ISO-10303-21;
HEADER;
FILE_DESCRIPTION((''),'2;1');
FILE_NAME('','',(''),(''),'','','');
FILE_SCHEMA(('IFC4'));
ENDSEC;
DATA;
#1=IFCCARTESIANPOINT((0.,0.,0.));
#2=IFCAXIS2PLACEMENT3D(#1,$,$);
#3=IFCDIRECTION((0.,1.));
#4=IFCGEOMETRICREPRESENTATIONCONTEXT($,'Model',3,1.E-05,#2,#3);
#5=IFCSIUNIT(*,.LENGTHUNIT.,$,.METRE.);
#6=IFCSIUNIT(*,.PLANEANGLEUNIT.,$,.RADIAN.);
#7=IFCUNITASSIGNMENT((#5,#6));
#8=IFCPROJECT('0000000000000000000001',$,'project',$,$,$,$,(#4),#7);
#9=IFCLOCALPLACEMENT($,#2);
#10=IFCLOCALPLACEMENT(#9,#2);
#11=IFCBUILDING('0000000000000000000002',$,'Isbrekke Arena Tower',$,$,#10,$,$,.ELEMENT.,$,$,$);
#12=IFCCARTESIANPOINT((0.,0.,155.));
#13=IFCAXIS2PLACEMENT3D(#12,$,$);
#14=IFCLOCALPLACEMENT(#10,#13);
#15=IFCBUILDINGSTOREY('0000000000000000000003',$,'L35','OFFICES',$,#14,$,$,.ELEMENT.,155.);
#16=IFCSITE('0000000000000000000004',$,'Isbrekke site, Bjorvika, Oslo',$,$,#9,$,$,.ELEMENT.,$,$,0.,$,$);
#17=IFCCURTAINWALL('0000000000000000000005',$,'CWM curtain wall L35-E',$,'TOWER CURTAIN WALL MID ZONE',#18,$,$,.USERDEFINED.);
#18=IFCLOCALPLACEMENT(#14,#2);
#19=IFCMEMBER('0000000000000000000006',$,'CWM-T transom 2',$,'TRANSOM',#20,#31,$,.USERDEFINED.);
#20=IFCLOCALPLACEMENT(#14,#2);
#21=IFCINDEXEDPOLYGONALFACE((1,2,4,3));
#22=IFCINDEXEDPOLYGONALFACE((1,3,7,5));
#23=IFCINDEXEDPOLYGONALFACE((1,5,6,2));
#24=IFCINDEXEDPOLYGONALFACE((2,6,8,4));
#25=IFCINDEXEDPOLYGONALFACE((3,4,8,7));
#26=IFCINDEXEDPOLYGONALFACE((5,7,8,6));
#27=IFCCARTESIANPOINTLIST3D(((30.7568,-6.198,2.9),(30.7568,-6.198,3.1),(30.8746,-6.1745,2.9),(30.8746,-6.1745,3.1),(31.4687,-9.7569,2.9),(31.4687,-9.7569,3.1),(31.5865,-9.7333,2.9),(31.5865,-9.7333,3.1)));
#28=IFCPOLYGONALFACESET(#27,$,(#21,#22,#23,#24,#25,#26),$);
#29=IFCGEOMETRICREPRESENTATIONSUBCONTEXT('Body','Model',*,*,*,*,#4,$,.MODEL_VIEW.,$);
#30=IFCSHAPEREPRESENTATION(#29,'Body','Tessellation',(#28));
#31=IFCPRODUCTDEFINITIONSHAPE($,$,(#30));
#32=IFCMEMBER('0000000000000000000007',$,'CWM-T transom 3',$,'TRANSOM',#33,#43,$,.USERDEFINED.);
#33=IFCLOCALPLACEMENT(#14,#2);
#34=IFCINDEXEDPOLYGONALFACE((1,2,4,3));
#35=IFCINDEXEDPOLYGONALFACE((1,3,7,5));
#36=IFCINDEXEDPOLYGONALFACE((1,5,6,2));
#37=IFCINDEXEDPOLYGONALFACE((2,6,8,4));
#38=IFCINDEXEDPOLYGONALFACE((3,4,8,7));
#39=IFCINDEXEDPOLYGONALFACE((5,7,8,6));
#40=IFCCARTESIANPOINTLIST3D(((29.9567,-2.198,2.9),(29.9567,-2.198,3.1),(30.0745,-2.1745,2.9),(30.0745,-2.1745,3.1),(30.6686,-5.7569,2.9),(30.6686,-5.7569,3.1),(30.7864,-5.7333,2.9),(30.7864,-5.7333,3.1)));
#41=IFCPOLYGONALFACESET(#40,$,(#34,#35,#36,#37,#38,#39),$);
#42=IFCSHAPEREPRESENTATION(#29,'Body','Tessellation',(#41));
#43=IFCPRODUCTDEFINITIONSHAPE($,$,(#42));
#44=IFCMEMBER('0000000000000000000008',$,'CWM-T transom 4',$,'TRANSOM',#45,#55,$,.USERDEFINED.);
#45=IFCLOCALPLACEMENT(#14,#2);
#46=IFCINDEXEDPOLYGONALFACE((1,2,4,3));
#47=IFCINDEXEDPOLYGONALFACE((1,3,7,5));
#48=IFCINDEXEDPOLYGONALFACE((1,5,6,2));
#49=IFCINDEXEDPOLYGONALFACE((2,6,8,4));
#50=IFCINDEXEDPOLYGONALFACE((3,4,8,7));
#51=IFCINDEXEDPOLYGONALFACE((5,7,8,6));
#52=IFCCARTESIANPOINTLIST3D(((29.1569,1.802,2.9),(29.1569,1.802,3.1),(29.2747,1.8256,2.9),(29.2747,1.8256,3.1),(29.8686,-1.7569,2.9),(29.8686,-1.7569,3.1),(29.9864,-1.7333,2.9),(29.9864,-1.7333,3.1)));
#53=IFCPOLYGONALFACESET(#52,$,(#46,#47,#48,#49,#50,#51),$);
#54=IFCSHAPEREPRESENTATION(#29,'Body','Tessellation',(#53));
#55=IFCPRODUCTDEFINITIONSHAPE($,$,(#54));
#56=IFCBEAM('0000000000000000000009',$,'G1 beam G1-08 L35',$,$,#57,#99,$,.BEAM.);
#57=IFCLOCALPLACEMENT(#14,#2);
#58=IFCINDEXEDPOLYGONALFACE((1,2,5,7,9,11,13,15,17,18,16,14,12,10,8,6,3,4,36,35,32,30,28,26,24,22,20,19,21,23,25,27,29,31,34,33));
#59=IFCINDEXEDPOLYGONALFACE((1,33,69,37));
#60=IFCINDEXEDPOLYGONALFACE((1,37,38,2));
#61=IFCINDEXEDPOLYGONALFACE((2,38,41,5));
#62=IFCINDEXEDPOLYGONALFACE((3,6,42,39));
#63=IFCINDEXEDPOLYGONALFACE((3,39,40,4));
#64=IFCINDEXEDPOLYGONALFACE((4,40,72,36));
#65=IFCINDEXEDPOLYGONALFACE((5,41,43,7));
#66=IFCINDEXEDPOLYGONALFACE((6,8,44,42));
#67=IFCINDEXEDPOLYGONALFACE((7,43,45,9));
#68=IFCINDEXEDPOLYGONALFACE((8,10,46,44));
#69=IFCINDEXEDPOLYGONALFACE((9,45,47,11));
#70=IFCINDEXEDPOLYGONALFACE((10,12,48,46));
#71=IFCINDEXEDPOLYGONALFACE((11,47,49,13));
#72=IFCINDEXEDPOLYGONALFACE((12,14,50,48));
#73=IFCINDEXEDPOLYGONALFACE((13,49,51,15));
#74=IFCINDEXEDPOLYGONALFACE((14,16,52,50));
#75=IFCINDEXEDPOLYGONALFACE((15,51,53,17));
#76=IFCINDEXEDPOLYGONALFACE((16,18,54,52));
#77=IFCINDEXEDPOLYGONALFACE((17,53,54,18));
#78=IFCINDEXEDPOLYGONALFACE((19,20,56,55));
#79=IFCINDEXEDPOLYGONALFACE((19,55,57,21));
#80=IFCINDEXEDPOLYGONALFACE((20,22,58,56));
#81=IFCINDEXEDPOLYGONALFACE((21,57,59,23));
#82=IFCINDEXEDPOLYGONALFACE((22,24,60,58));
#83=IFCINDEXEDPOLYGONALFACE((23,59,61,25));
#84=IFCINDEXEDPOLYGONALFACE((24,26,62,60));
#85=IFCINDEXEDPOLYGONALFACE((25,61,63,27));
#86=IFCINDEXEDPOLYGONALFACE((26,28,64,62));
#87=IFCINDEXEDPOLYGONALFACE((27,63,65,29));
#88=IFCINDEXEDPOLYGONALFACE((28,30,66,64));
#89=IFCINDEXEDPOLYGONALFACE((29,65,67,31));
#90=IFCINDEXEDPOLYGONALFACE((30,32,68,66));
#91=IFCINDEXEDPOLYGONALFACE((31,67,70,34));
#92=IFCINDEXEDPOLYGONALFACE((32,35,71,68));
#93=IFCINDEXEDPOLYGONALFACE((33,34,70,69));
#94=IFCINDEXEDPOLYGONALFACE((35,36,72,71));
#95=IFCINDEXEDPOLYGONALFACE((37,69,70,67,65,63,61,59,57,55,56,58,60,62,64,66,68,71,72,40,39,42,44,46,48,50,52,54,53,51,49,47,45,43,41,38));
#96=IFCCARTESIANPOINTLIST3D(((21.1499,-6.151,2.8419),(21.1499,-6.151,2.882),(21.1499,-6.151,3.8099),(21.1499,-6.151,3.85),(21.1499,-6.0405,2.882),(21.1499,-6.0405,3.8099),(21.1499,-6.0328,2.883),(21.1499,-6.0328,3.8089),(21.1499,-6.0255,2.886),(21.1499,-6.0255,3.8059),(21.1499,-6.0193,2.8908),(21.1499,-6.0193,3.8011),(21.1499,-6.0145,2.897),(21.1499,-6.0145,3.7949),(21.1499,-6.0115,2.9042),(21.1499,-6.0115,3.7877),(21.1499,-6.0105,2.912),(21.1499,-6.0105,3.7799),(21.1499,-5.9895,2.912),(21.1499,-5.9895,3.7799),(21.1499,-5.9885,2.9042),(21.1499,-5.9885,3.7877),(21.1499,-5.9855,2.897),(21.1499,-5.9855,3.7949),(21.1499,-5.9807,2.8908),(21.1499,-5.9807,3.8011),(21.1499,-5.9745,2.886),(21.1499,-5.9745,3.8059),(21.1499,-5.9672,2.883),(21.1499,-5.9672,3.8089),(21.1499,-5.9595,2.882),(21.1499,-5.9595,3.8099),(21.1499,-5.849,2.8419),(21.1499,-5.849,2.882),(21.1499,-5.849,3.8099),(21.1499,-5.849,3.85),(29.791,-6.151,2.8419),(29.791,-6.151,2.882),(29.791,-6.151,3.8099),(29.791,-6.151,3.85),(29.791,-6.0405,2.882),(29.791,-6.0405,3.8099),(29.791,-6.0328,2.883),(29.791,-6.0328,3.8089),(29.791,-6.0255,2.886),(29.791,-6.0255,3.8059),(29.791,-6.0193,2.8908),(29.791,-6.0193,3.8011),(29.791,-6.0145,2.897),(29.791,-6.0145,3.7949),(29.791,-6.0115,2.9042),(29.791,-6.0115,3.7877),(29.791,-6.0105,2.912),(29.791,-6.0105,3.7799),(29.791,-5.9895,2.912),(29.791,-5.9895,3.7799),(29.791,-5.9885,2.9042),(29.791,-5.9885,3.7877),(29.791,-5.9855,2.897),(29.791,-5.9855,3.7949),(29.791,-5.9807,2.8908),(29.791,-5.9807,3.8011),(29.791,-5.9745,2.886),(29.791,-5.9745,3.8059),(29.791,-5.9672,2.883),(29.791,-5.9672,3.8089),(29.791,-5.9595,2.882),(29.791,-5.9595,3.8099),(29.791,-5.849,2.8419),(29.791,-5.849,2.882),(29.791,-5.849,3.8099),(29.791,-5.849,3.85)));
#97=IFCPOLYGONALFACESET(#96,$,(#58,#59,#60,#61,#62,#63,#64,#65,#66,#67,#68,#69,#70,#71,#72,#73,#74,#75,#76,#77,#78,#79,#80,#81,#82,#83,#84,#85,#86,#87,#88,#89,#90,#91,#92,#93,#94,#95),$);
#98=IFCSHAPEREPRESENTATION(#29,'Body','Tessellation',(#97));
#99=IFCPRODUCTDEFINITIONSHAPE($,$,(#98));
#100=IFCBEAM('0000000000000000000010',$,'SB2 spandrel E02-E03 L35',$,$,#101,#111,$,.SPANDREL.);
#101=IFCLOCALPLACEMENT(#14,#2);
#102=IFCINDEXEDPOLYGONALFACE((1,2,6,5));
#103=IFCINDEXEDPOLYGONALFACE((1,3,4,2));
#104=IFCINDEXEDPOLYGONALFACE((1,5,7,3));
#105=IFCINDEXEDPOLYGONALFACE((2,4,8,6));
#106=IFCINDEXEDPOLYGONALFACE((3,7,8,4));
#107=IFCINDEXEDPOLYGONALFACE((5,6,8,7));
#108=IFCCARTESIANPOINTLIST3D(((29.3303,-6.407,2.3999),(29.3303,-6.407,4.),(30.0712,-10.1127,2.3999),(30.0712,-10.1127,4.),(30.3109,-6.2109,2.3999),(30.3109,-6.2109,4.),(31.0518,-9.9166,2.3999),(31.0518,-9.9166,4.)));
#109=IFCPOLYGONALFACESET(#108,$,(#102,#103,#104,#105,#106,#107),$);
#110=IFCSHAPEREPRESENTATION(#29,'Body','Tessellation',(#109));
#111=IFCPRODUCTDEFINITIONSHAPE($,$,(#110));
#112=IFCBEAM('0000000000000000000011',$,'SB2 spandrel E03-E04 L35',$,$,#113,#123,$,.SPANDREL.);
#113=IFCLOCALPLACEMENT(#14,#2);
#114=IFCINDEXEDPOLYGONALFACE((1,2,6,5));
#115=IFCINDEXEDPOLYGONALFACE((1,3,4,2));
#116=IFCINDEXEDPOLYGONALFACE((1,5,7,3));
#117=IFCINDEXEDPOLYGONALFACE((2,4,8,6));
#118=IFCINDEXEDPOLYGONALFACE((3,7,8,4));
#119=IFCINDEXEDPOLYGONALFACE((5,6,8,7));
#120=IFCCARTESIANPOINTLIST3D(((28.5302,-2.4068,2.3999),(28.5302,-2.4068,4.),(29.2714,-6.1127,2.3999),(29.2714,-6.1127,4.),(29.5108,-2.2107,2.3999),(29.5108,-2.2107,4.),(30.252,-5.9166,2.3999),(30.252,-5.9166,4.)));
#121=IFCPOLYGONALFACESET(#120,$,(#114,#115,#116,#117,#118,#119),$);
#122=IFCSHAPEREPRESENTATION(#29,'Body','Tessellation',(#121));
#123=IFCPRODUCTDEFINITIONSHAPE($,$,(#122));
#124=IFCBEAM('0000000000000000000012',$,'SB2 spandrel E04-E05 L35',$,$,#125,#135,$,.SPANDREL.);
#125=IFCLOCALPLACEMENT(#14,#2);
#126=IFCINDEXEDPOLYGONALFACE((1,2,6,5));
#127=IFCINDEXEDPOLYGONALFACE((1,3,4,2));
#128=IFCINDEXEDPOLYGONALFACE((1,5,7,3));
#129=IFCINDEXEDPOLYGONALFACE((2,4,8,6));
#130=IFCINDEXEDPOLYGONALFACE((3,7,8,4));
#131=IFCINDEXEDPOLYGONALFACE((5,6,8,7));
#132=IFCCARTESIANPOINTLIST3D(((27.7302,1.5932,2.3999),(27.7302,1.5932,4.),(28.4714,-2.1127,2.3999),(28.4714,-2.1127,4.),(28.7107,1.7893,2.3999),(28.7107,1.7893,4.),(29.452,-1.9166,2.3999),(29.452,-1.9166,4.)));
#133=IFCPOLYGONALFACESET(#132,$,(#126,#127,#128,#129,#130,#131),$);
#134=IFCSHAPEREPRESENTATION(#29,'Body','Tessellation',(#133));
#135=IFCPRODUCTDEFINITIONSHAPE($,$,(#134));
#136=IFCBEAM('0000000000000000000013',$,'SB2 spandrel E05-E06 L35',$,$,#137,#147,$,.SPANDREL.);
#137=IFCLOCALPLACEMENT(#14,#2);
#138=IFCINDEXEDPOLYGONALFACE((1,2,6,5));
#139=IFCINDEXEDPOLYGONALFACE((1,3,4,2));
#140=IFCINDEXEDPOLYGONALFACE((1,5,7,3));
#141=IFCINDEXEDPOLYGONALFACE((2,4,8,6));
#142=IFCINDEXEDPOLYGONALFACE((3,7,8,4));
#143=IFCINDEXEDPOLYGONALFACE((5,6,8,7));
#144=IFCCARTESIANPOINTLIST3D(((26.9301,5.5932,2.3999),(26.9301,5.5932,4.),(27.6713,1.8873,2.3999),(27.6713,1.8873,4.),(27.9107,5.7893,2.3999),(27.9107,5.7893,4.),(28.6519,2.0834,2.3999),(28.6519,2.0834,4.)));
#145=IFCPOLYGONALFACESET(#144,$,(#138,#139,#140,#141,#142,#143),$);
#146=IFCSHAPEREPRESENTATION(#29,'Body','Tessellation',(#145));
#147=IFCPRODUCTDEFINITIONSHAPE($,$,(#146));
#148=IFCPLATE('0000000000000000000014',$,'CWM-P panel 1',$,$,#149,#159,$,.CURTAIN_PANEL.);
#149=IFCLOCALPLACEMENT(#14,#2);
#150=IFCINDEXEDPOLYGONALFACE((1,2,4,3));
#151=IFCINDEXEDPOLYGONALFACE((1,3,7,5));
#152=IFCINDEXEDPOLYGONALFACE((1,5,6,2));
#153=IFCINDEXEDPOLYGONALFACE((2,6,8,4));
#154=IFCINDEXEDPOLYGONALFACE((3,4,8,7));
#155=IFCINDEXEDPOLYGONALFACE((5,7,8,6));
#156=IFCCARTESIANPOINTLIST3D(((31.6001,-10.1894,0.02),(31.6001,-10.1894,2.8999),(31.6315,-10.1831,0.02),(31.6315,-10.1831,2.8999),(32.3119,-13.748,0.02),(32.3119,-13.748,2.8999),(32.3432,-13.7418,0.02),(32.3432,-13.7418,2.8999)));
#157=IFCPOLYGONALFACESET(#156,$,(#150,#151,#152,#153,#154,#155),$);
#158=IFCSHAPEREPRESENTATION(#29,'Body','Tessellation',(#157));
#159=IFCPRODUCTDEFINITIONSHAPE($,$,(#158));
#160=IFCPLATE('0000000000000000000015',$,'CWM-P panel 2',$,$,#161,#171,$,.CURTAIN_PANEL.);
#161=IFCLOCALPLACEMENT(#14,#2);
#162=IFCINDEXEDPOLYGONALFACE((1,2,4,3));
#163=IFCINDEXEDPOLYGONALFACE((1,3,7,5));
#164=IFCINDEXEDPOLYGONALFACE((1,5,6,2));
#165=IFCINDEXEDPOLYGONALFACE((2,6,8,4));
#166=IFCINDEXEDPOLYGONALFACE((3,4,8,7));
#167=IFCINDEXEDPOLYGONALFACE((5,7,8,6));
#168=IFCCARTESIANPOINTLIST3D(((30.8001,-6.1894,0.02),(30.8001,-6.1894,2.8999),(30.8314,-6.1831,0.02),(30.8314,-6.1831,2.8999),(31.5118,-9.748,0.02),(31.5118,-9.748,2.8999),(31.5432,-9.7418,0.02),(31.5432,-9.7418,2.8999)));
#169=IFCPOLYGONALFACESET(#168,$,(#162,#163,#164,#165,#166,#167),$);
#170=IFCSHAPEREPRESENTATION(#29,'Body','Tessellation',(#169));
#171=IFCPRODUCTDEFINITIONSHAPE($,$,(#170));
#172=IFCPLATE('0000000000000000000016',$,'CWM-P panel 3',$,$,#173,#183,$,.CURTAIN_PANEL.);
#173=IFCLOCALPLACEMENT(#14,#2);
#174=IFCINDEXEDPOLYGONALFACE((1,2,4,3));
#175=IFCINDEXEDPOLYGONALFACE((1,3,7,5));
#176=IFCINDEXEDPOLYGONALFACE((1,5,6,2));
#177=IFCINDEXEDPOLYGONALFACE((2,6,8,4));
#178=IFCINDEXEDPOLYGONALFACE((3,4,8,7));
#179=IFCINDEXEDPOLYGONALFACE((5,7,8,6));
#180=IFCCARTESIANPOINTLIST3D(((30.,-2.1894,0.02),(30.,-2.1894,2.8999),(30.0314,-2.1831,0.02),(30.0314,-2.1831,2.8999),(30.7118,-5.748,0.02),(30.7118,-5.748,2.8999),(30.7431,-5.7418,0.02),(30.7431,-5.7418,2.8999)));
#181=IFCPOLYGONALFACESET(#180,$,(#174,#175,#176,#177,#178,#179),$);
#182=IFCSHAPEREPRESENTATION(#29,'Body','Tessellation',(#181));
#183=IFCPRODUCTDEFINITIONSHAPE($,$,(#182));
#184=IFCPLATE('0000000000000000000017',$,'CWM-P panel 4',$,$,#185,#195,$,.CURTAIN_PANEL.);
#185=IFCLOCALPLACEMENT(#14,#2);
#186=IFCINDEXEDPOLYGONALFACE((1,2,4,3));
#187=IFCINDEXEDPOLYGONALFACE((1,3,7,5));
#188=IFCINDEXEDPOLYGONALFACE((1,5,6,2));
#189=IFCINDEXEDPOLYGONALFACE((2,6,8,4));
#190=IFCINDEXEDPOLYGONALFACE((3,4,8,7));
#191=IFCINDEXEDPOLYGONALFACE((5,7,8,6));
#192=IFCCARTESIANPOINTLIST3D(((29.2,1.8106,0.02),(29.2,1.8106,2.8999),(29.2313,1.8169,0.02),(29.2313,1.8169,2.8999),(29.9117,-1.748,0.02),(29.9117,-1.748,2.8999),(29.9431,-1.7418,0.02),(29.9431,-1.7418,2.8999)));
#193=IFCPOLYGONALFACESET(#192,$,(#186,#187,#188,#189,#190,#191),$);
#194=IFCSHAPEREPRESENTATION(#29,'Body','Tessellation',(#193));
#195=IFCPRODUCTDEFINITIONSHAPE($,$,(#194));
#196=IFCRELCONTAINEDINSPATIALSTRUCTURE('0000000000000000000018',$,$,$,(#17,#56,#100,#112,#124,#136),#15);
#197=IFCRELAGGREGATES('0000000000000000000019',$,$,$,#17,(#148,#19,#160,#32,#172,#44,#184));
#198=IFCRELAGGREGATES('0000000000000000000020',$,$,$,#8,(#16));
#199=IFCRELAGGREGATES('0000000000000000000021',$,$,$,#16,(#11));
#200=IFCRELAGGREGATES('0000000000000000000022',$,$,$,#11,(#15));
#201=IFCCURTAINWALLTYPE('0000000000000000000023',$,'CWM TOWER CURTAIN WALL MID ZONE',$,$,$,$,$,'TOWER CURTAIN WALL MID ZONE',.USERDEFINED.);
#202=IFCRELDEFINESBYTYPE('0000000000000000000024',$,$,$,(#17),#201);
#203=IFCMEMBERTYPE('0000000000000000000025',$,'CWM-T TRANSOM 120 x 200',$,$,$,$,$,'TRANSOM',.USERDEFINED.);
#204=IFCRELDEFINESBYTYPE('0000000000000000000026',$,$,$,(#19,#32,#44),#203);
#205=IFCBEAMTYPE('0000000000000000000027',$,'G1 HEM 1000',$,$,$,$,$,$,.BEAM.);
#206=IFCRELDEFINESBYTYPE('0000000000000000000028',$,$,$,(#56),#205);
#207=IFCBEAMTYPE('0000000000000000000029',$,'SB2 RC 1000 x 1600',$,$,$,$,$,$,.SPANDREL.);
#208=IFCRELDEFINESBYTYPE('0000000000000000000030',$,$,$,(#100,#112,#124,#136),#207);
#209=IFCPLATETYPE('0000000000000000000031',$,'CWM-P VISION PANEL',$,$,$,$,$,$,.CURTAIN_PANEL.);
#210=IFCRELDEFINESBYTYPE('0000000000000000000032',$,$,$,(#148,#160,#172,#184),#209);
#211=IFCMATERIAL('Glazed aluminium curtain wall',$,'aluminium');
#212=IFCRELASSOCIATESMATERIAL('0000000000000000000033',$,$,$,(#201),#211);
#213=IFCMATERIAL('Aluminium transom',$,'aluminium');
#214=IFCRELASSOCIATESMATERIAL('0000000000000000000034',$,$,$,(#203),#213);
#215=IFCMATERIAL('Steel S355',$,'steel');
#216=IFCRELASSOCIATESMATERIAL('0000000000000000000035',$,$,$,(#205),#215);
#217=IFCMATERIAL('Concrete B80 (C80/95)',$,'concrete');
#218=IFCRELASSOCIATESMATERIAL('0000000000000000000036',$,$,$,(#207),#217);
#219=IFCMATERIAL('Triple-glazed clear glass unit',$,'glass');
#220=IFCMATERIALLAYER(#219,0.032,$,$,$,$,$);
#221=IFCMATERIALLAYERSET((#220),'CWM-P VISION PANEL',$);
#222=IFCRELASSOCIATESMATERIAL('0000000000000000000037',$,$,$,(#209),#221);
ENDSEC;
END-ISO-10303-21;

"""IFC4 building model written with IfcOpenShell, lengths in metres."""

from ifc_helpers import new_model, si_unit, direction, frame, origin, origin_2d, place, context, subcontext, project, spatial, rectangle, i_section, extrude, material, layer, layer_set, material_profile, profile_set, type_object, element, aggregate, save


model = new_model("IFC4")

# Units and contexts
model_context = context("Model", 3, precision=1e-05, world=origin(), true_north=direction((0.0, 1.0)))
body_context = subcontext(model_context, "Body", "Model", "MODEL_VIEW")
ifc_project = project(units=[si_unit("LENGTHUNIT", "METRE"), si_unit("PLANEANGLEUNIT", "RADIAN")], contexts=[model_context])

# Site, building, storey
site_placement = place(None, origin())
site = spatial("IfcSite", under=ifc_project, at=site_placement, Name="Isbrekke site, Bjorvika, Oslo", CompositionType="ELEMENT", RefElevation=0.0)
building_placement = place(site_placement, origin())
building = spatial("IfcBuilding", under=site, at=building_placement, Name="Isbrekke Arena Tower", CompositionType="ELEMENT")
storey_placement = place(building_placement, frame((0.0, 0.0, 155.0)))
storey = spatial("IfcBuildingStorey", under=building, at=storey_placement, Name="L35", Description="OFFICES", CompositionType="ELEMENT", Elevation=155.0)

# Curtain wall, members
ifc_material_1 = material(Name="Glazed aluminium curtain wall", Category="aluminium")
curtain_wall_type = type_object("IfcCurtainWallType", Name="CWM TOWER CURTAIN WALL MID ZONE", ElementType="TOWER CURTAIN WALL MID ZONE", PredefinedType="USERDEFINED", material=ifc_material_1)
curtain_wall_placement = place(storey_placement, origin())
curtain_wall = element("IfcCurtainWall", 1, at=curtain_wall_placement, inside=storey, type_object=curtain_wall_type, Name="CWM curtain wall L35-E", ObjectType="TOWER CURTAIN WALL MID ZONE", PredefinedType="USERDEFINED")
ifc_material_2 = material(Name="Aluminium transom", Category="aluminium")
ifc_material_profile_1 = material_profile(ifc_material_2, rectangle(XDim=0.1201, YDim=0.2, at=origin_2d()), Name="TRANSOM 120X200")
ifc_profile_set_1 = profile_set([ifc_material_profile_1], Name="Aluminium transom")
member_type_1 = type_object("IfcMemberType", Name="CWM-T TRANSOM 120 x 200", ElementType="TRANSOM", PredefinedType="USERDEFINED", material=ifc_profile_set_1)
member_1_placement = place(storey_placement, frame((31.5276, -9.7451, 3.0), z_axis=(-0.196155, 0.980573, 0.0), x_axis=(-0.980573, -0.196155, 0.0)))
member_1 = element("IfcMember", 2, at=member_1_placement, type_object=member_type_1, Name="CWM-T transom 2", ObjectType="TRANSOM", PredefinedType="USERDEFINED", context=body_context, shape_type="SweptSolid", body=[
    extrude(rectangle(XDim=0.1201, YDim=0.2, at=origin_2d()), origin(), (0.0, 0.0, 1.0), 3.6294),
])
member_2_placement = place(storey_placement, frame((30.7275, -5.7451, 3.0), z_axis=(-0.196155, 0.980573, 0.0), x_axis=(-0.980573, -0.196155, 0.0)))
member_2 = element("IfcMember", 3, at=member_2_placement, type_object=member_type_1, Name="CWM-T transom 3", ObjectType="TRANSOM", PredefinedType="USERDEFINED", context=body_context, shape_type="SweptSolid", body=[
    extrude(rectangle(XDim=0.1201, YDim=0.2, at=origin_2d()), origin(), (0.0, 0.0, 1.0), 3.6294),
])
member_3_placement = place(storey_placement, frame((29.9275, -1.7451, 3.0), z_axis=(-0.19609, 0.980586, 0.0), x_axis=(-0.980586, -0.19609, 0.0)))
member_3 = element("IfcMember", 4, at=member_3_placement, type_object=member_type_1, Name="CWM-T transom 4", ObjectType="TRANSOM", PredefinedType="USERDEFINED", context=body_context, shape_type="SweptSolid", body=[
    extrude(rectangle(XDim=0.1201, YDim=0.2, at=origin_2d()), origin(), (0.0, 0.0, 1.0), 3.6294),
])

# Beams
ifc_material_3 = material(Name="Steel S355", Category="steel")
ifc_material_profile_2 = material_profile(ifc_material_3, i_section(OverallWidth=0.302, OverallDepth=1.0081, WebThickness=0.021, FlangeThickness=0.04, FilletRadius=0.03, at=origin_2d()), Name="HEM 1000")
ifc_profile_set_2 = profile_set([ifc_material_profile_2], Name="Steel S355")
beam_type_1 = type_object("IfcBeamType", Name="G1 HEM 1000", PredefinedType="BEAM", material=ifc_profile_set_2)
beam_1_placement = place(storey_placement, frame((21.1499, -6.0, 3.3459), z_axis=(1.0, 0.0, 0.0), x_axis=(0.0, 1.0, 0.0)))
element("IfcBeam", 5, at=beam_1_placement, inside=storey, type_object=beam_type_1, Name="G1 beam G1-08 L35", PredefinedType="BEAM", context=body_context, shape_type="SweptSolid", body=[
    extrude(i_section(OverallWidth=0.302, OverallDepth=1.0081, WebThickness=0.021, FlangeThickness=0.04, FilletRadius=0.03, at=origin_2d()), origin(), (0.0, 0.0, 1.0), 8.6411),
])
ifc_material_4 = material(Name="Concrete B80 (C80/95)", Category="concrete")
ifc_material_profile_3 = material_profile(ifc_material_4, rectangle(XDim=1.0, YDim=1.6001, at=origin_2d()), Name="RC 1000x1600")
ifc_profile_set_3 = profile_set([ifc_material_profile_3], Name="Concrete B80 (C80/95)")
beam_type_2 = type_object("IfcBeamType", Name="SB2 RC 1000 x 1600", PredefinedType="SPANDREL", material=ifc_profile_set_3)
beam_2_placement = place(storey_placement, frame((30.5615, -10.0146, 3.2), z_axis=(-0.196066, 0.980591, 0.0), x_axis=(-0.980591, -0.196066, 0.0)))
element("IfcBeam", 6, at=beam_2_placement, inside=storey, type_object=beam_type_2, Name="SB2 spandrel E02-E03 L35", PredefinedType="SPANDREL", context=body_context, shape_type="SweptSolid", body=[
    extrude(rectangle(XDim=1.0, YDim=1.6001, at=origin_2d()), origin(), (0.0, 0.0, 1.0), 3.7791),
])
for number, where, z_axis, x_axis, name in (
    (7, (29.7617, -6.0146, 3.2), (-0.196129, 0.980578, 0.0), (-0.980578, -0.196129, 0.0), "SB2 spandrel E03-E04 L35"),
    (8, (28.9617, -2.0146, 3.2), (-0.196129, 0.980578, 0.0), (-0.980578, -0.196129, 0.0), "SB2 spandrel E04-E05 L35"),
    (9, (28.1616, 1.9854, 3.2), (-0.196129, 0.980578, 0.0), (-0.980578, -0.196129, 0.0), "SB2 spandrel E05-E06 L35"),
):
    element("IfcBeam", number, at=place(storey_placement, frame(where, z_axis=z_axis, x_axis=x_axis)), inside=storey, type_object=beam_type_2, Name=name, PredefinedType="SPANDREL", context=body_context, shape_type="SweptSolid", body=[
        extrude(rectangle(XDim=1.0, YDim=1.6001, at=origin_2d()), origin(), (0.0, 0.0, 1.0), 3.7793),
    ])

# Plates
ifc_material_5 = material(Name="Triple-glazed clear glass unit", Category="glass")
ifc_layer_1 = layer(ifc_material_5, 0.032)
ifc_layer_set_1 = layer_set([ifc_layer_1], Name="CWM-P VISION PANEL")
plate_type = type_object("IfcPlateType", Name="CWM-P VISION PANEL", PredefinedType="CURTAIN_PANEL", material=ifc_layer_set_1)
plate_1_placement = place(storey_placement, frame((31.9717, -11.9656, 0.02), z_axis=(0.0, 0.0, 1.0), x_axis=(-0.196116, 0.980581, 0.0)))
plate_1 = element("IfcPlate", 10, at=plate_1_placement, type_object=plate_type, Name="CWM-P panel 1", PredefinedType="CURTAIN_PANEL", context=body_context, shape_type="SweptSolid", body=[
    extrude(rectangle(XDim=3.6292, YDim=0.032, at=origin_2d()), origin(), (0.0, 0.0, 1.0), 2.8799),
])
plate_2_placement = place(storey_placement, frame((31.1716, -7.9656, 0.02), z_axis=(0.0, 0.0, 1.0), x_axis=(-0.196116, 0.980581, 0.0)))
plate_2 = element("IfcPlate", 11, at=plate_2_placement, type_object=plate_type, Name="CWM-P panel 2", PredefinedType="CURTAIN_PANEL", context=body_context, shape_type="SweptSolid", body=[
    extrude(rectangle(XDim=3.6292, YDim=0.032, at=origin_2d()), origin(), (0.0, 0.0, 1.0), 2.8799),
])
plate_3_placement = place(storey_placement, frame((30.3716, -3.9656, 0.02), z_axis=(0.0, 0.0, 1.0), x_axis=(-0.196116, 0.980581, 0.0)))
plate_3 = element("IfcPlate", 12, at=plate_3_placement, type_object=plate_type, Name="CWM-P panel 3", PredefinedType="CURTAIN_PANEL", context=body_context, shape_type="SweptSolid", body=[
    extrude(rectangle(XDim=3.6292, YDim=0.032, at=origin_2d()), origin(), (0.0, 0.0, 1.0), 2.8799),
])
plate_4_placement = place(storey_placement, frame((29.5715, 0.0344, 0.02), z_axis=(0.0, 0.0, 1.0), x_axis=(-0.196116, 0.980581, 0.0)))
plate_4 = element("IfcPlate", 13, at=plate_4_placement, type_object=plate_type, Name="CWM-P panel 4", PredefinedType="CURTAIN_PANEL", context=body_context, shape_type="SweptSolid", body=[
    extrude(rectangle(XDim=3.6292, YDim=0.032, at=origin_2d()), origin(), (0.0, 0.0, 1.0), 2.8799),
])
aggregate(curtain_wall, [plate_1, member_1, plate_2, member_2, plate_3, member_3, plate_4])

save(model, "model.ifc")
